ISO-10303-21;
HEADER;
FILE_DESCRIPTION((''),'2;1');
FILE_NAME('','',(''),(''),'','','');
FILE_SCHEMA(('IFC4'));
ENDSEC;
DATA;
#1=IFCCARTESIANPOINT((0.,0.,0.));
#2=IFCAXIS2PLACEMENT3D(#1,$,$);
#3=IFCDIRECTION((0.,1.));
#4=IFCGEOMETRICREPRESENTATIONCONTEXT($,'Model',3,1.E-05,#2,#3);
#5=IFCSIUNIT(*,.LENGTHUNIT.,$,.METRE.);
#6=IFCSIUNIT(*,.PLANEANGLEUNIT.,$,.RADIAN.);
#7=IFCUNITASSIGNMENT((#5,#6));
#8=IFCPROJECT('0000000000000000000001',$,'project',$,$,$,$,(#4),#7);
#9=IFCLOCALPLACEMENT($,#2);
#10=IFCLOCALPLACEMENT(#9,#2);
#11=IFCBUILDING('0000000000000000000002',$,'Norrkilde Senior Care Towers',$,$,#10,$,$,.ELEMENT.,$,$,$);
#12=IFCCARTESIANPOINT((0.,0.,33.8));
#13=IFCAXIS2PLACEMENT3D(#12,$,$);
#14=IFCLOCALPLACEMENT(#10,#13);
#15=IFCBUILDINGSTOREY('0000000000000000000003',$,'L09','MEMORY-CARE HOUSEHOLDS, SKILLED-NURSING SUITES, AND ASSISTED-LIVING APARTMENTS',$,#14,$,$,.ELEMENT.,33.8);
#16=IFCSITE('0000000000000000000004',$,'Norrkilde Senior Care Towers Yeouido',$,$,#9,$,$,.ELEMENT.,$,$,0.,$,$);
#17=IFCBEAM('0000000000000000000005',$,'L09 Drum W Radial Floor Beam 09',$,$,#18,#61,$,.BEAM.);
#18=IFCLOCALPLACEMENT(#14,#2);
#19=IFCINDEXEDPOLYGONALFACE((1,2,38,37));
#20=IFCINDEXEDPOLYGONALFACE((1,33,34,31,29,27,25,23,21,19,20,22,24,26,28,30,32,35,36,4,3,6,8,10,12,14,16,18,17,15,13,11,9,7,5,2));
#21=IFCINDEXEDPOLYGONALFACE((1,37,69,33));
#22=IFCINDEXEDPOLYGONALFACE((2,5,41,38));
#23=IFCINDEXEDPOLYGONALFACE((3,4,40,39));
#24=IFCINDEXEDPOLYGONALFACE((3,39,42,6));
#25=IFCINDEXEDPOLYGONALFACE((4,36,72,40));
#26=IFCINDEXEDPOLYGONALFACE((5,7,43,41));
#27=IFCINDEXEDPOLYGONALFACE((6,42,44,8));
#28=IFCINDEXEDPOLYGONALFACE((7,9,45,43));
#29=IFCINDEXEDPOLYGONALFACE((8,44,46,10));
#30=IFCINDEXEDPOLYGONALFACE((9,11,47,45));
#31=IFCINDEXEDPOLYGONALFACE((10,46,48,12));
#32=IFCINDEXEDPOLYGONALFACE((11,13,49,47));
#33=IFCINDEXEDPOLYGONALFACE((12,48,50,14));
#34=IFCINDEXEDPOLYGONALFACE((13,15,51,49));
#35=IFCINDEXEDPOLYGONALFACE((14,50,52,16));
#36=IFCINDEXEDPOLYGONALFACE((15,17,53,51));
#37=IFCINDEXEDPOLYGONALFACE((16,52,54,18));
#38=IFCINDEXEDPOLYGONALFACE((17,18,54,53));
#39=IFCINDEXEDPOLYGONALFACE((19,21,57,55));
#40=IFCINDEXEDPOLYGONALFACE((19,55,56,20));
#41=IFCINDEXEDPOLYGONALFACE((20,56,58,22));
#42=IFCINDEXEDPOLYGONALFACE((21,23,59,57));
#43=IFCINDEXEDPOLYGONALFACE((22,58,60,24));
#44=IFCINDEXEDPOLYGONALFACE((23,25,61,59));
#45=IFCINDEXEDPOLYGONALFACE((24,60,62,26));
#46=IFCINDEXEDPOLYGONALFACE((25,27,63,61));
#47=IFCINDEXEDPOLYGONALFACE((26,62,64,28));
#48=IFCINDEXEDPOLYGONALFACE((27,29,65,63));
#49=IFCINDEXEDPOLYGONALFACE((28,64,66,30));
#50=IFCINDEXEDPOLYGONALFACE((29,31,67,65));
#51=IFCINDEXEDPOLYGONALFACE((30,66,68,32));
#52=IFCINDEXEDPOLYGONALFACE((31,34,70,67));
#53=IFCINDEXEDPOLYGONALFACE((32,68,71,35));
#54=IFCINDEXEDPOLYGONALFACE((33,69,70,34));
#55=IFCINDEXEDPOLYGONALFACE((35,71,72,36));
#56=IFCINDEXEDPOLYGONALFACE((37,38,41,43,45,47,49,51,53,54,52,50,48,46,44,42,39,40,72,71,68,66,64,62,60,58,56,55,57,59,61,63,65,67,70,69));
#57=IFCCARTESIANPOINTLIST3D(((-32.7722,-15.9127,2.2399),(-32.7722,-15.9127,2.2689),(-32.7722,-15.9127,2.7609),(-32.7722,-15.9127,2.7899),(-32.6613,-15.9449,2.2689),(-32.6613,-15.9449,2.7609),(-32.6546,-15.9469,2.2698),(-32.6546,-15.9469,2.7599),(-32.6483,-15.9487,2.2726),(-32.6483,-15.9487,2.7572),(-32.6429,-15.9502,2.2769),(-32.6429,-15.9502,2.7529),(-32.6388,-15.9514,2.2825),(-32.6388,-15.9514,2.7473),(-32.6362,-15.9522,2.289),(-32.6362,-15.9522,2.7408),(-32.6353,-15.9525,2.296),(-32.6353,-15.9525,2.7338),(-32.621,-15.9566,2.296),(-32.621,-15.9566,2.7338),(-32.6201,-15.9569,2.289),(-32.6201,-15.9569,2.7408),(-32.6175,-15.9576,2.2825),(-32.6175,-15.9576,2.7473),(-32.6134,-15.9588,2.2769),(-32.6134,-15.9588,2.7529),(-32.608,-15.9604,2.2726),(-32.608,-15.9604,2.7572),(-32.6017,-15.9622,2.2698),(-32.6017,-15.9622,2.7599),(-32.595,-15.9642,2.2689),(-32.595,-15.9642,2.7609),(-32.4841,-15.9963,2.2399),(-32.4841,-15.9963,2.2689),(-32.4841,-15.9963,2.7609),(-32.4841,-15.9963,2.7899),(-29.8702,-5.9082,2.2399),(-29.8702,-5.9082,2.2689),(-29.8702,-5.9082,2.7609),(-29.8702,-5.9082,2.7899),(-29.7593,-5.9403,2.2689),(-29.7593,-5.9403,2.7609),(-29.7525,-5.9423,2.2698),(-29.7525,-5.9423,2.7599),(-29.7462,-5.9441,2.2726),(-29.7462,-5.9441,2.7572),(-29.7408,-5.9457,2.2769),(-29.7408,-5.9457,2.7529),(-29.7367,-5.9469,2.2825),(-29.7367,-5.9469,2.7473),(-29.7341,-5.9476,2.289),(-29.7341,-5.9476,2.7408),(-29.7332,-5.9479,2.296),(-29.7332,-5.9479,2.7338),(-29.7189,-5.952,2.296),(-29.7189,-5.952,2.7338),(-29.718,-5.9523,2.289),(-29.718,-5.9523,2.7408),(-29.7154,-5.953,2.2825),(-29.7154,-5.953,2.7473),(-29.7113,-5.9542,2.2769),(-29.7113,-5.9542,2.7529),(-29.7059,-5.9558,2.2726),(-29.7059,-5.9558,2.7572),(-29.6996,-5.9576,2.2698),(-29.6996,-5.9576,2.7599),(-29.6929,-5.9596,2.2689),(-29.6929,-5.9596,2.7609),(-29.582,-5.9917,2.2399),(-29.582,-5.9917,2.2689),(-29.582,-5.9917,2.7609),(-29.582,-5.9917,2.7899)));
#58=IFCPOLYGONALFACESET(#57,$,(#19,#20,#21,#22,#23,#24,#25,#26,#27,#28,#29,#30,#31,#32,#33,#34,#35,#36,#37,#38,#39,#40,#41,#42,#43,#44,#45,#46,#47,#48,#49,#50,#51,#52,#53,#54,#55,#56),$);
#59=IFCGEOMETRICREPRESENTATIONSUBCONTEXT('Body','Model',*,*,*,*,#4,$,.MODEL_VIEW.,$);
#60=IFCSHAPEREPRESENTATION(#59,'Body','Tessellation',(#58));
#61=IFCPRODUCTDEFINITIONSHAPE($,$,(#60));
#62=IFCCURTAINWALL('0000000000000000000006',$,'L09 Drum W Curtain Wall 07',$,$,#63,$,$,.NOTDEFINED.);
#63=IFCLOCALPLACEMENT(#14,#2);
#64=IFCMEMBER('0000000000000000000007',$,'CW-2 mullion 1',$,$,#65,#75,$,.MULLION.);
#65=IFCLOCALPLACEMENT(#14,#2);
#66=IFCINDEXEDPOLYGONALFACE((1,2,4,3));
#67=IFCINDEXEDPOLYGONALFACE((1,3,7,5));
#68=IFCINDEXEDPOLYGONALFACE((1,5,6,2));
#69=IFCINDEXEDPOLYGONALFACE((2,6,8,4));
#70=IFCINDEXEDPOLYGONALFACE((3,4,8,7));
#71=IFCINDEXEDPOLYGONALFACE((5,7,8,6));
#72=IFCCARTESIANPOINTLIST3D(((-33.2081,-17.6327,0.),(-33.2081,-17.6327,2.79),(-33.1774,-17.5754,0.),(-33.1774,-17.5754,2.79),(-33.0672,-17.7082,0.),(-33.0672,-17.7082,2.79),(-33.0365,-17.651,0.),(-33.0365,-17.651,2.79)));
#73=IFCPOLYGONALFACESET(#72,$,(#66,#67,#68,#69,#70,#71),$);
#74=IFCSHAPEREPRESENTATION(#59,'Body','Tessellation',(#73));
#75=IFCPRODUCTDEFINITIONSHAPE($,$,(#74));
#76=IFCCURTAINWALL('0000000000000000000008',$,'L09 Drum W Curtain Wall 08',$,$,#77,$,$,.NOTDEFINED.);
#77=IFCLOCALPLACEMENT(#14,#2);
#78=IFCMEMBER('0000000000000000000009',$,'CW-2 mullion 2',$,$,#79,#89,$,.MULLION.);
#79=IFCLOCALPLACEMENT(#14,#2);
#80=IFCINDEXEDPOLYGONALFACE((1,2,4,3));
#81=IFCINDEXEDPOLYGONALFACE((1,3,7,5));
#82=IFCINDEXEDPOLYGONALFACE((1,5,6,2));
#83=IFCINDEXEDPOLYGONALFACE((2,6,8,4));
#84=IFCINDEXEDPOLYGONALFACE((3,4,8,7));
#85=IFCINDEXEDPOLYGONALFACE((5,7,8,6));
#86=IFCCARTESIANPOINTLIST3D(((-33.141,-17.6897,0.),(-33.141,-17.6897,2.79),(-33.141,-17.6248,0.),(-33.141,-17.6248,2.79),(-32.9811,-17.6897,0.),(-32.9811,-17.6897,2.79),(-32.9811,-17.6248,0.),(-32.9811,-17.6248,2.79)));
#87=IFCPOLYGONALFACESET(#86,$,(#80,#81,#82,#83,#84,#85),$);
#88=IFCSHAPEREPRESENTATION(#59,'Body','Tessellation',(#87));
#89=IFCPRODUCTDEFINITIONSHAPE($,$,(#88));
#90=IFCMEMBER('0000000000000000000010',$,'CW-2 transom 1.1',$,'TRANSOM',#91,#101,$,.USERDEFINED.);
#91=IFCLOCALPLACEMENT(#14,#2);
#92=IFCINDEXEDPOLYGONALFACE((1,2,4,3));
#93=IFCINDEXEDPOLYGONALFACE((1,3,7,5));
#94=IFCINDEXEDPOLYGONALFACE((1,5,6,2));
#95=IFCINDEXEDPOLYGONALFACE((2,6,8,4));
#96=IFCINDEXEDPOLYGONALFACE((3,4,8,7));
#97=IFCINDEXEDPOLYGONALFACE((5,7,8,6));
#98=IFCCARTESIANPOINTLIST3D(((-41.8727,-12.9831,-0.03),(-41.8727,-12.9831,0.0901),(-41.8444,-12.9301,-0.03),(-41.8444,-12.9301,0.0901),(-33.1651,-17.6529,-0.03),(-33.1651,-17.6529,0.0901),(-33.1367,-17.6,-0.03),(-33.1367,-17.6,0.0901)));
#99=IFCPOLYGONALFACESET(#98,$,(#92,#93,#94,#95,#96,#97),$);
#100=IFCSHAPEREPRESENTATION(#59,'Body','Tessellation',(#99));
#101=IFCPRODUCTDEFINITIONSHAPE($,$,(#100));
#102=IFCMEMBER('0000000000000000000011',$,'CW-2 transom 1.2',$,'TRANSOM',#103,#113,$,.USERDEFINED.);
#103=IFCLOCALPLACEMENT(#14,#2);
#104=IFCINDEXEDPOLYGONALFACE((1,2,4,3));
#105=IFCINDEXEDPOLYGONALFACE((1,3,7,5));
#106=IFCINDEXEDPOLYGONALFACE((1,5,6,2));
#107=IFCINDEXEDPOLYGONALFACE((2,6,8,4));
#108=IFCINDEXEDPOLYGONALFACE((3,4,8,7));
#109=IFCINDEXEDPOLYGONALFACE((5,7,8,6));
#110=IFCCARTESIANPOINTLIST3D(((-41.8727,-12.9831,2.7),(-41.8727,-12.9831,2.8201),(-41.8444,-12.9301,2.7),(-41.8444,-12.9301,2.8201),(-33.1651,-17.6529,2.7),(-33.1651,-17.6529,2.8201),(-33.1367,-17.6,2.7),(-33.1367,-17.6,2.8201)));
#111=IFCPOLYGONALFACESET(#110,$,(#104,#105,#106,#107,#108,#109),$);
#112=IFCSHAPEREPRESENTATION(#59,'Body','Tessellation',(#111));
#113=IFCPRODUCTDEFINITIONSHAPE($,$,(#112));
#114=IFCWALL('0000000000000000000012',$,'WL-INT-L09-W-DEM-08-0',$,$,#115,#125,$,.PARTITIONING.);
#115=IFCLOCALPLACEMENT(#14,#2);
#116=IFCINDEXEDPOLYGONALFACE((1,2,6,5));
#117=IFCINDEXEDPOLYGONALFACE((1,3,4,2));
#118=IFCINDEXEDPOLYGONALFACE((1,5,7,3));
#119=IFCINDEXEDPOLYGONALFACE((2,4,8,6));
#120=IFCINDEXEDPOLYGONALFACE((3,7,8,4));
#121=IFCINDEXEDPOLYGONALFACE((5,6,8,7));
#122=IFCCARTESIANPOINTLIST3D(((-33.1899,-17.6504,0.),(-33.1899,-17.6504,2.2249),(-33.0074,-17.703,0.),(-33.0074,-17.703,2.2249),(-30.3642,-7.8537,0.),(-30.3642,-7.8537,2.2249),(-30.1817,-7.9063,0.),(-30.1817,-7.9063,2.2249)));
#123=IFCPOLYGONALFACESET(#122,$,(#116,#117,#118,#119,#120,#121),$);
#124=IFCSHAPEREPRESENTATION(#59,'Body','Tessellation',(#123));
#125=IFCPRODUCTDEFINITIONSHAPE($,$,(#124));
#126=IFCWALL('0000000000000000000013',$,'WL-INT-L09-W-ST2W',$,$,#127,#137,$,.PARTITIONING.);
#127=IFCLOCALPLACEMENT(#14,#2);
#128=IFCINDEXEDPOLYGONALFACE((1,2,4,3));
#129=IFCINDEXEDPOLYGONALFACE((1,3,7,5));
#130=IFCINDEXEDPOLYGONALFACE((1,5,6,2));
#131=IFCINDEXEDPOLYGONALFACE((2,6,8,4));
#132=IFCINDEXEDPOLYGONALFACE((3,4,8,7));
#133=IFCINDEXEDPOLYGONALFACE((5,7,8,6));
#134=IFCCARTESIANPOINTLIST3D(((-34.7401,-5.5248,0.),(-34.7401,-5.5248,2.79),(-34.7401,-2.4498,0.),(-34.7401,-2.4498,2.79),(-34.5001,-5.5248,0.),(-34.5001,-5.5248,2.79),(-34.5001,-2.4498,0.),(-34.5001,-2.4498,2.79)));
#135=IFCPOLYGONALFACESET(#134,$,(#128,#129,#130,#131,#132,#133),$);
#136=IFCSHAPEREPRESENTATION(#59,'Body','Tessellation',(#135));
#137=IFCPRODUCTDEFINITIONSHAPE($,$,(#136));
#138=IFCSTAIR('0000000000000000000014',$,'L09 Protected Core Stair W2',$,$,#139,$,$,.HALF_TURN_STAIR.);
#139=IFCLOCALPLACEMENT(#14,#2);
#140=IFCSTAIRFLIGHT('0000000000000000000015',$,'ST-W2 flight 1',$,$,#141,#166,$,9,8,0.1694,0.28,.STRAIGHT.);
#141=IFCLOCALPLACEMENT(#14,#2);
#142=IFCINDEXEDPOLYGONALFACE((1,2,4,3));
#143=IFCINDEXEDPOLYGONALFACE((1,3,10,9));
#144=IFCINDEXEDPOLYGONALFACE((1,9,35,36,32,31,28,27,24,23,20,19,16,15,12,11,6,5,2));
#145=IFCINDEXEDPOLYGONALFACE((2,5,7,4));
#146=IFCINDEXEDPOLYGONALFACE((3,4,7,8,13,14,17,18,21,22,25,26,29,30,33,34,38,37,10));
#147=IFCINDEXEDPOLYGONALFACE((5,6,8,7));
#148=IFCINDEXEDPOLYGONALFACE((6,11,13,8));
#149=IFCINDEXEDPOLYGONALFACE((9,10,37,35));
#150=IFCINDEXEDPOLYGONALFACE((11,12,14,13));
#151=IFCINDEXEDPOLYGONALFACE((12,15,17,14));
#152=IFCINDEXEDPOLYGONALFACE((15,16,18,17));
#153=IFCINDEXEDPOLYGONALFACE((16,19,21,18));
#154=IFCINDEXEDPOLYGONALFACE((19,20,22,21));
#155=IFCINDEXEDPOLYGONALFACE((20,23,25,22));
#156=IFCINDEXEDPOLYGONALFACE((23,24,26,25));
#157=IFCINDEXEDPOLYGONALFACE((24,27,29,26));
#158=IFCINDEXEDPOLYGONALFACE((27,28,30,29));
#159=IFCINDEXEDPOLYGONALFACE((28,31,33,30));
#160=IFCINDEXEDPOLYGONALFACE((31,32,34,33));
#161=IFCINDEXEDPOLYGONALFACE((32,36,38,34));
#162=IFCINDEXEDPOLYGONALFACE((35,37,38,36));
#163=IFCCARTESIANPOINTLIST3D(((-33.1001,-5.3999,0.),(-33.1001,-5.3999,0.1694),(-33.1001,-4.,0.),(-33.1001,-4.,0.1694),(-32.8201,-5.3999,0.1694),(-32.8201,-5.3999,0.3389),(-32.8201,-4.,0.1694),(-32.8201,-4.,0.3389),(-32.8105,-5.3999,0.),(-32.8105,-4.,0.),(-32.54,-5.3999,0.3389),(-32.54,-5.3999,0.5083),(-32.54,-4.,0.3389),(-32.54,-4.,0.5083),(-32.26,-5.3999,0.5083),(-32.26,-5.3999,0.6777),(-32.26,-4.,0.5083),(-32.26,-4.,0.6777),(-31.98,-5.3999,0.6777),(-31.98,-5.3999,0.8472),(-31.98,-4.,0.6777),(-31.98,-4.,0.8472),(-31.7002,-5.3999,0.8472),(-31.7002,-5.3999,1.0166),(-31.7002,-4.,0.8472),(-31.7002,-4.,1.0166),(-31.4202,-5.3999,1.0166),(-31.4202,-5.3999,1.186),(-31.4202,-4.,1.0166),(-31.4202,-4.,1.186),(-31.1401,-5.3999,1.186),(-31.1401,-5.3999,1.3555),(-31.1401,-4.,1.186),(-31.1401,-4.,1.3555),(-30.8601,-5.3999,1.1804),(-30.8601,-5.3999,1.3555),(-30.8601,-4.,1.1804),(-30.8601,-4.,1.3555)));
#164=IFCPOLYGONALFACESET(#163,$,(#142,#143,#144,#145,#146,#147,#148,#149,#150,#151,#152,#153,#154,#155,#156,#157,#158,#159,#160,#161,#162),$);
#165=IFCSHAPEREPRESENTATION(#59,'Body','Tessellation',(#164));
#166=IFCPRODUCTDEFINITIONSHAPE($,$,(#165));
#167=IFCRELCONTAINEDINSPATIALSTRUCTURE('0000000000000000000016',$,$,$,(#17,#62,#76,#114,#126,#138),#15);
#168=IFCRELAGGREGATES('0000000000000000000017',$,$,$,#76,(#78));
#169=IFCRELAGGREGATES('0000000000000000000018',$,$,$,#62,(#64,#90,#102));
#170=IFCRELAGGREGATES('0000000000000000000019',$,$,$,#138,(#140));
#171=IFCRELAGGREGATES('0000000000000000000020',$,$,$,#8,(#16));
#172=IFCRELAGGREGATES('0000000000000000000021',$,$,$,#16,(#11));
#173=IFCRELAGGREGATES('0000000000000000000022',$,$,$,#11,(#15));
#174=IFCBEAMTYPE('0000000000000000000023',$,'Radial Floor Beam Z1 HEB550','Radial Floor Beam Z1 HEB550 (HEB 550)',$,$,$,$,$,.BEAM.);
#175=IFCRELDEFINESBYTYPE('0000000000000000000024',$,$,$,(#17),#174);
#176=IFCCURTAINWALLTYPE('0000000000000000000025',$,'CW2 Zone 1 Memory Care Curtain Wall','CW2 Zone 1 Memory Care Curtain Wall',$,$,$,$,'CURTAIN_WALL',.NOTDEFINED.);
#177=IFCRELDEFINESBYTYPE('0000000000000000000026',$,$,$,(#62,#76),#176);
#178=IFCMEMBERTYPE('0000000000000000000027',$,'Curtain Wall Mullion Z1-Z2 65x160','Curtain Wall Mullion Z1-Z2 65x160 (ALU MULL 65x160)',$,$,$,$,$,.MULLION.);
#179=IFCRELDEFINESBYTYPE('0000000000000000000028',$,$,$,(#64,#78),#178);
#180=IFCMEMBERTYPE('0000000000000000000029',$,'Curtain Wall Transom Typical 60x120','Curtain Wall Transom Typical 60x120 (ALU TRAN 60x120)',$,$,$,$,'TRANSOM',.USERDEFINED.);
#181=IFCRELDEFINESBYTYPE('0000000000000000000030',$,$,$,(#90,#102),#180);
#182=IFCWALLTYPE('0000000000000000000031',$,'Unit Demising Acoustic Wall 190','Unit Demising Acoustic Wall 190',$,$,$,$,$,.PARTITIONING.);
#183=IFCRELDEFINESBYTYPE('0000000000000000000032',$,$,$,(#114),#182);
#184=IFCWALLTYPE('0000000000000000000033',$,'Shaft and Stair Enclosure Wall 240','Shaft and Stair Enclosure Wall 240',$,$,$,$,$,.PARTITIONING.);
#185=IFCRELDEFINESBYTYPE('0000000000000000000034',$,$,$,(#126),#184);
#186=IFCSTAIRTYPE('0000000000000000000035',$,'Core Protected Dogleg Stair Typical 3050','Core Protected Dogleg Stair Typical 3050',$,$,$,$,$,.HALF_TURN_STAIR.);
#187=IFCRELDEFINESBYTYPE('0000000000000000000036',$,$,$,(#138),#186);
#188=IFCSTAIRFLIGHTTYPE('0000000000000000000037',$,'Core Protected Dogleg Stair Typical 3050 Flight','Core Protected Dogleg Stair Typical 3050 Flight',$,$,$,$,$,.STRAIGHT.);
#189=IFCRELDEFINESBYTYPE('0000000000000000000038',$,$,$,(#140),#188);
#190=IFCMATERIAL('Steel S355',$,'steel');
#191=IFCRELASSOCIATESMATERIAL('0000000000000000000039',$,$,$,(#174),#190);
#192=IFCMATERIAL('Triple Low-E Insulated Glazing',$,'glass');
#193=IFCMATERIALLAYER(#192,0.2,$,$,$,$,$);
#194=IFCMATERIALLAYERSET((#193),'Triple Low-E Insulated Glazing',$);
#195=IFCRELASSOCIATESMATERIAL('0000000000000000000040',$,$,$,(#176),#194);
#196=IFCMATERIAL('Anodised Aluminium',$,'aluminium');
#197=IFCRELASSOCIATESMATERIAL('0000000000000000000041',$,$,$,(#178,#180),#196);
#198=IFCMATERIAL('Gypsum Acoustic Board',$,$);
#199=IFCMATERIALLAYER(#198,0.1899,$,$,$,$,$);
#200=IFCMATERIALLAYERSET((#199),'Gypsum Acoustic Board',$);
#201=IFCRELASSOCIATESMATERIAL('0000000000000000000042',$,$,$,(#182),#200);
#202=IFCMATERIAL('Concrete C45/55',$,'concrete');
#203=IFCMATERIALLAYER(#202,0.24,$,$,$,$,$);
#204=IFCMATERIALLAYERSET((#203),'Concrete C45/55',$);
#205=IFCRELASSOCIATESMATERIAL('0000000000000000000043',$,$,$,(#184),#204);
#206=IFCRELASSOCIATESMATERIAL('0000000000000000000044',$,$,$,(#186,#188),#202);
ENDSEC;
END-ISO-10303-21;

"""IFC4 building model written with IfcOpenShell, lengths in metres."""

from ifc_helpers import new_model, si_unit, direction, frame, frame_2d, origin, origin_2d, place, context, subcontext, project, spatial, polyline, rectangle, i_section, outline, extrude, source, transform, mapped, material, layer, layer_set, material_profile, profile_set, type_object, type_shapes, element, aggregate, save


model = new_model("IFC4")

# Units and contexts
model_context = context("Model", 3, precision=1e-05, world=origin(), true_north=direction((0.0, 1.0)))
body_context = subcontext(model_context, "Body", "Model", "MODEL_VIEW")
ifc_project = project(units=[si_unit("LENGTHUNIT", "METRE"), si_unit("PLANEANGLEUNIT", "RADIAN")], contexts=[model_context])

# Site, building, storey
site_placement = place(None, origin())
site = spatial("IfcSite", under=ifc_project, at=site_placement, Name="Norrkilde Senior Care Towers Yeouido", CompositionType="ELEMENT", RefElevation=0.0)
building_placement = place(site_placement, origin())
building = spatial("IfcBuilding", under=site, at=building_placement, Name="Norrkilde Senior Care Towers", CompositionType="ELEMENT")
storey_placement = place(building_placement, frame((0.0, 0.0, 33.8)))
storey = spatial("IfcBuildingStorey", under=building, at=storey_placement, Name="L09", Description="MEMORY-CARE HOUSEHOLDS, SKILLED-NURSING SUITES, AND ASSISTED-LIVING APARTMENTS", CompositionType="ELEMENT", Elevation=33.8)

# Beam
ifc_material_1 = material(Name="Steel S355", Category="steel")
ifc_material_profile_1 = material_profile(ifc_material_1, i_section(OverallWidth=0.3, OverallDepth=0.55, WebThickness=0.0149, FlangeThickness=0.0291, FilletRadius=0.0271, at=origin_2d()), Name="HEB 550")
ifc_profile_set_1 = profile_set([ifc_material_profile_1], Name="Steel S355")
beam_type_1 = type_object("IfcBeamType", Name="Radial Floor Beam Z1 HEB550", Description="Radial Floor Beam Z1 HEB550 (HEB 550)", PredefinedType="BEAM", material=ifc_profile_set_1)
shared_shape_1 = source(origin(), body_context, "Body", "SweptSolid", [
    extrude(i_section(OverallWidth=0.3, OverallDepth=0.55, WebThickness=0.0149, FlangeThickness=0.0291, FilletRadius=0.0271, at=origin_2d()), origin(), (0.0, 0.0, 1.0), 10.417),
])
beam_1_placement = place(storey_placement, frame((-29.7261, -5.95, 2.5149), z_axis=(-0.278591, -0.96041, 0.0), x_axis=(0.96041, -0.278591, 0.0)))
element("IfcBeam", 1, at=beam_1_placement, inside=storey, type_object=beam_type_1, Name="L09 Drum W Radial Floor Beam 09", PredefinedType="BEAM", context=body_context, shape_type="MappedRepresentation", body=[
    mapped(shared_shape_1, transform((0.0, 0.0, 0.0), x_axis=(1.0, 0.0, 0.0), y_axis=(0.0, 1.0, 0.0), z_axis=(0.0, 0.0, 1.0), scale=1.0)),
])

# Curtain walls, members
ifc_material_2 = material(Name="Triple Low-E Insulated Glazing", Category="glass")
ifc_layer_1 = layer(ifc_material_2, 0.2)
ifc_layer_set_1 = layer_set([ifc_layer_1], Name="Triple Low-E Insulated Glazing")
curtain_wall_type = type_object("IfcCurtainWallType", Name="CW2 Zone 1 Memory Care Curtain Wall", Description="CW2 Zone 1 Memory Care Curtain Wall", ElementType="CURTAIN_WALL", PredefinedType="NOTDEFINED", material=ifc_layer_set_1)
curtain_wall_1_placement = place(storey_placement, origin())
curtain_wall_1 = element("IfcCurtainWall", 2, at=curtain_wall_1_placement, inside=storey, type_object=curtain_wall_type, Name="L09 Drum W Curtain Wall 07", PredefinedType="NOTDEFINED")
ifc_material_3 = material(Name="Anodised Aluminium", Category="aluminium")
ifc_material_profile_2 = material_profile(ifc_material_3, rectangle(XDim=0.0649, YDim=0.1599, at=origin_2d()), Name="ALU MULL 65x160")
ifc_profile_set_2 = profile_set([ifc_material_profile_2], Name="Anodised Aluminium")
member_type_1 = type_object("IfcMemberType", Name="Curtain Wall Mullion Z1-Z2 65x160", Description="Curtain Wall Mullion Z1-Z2 65x160 (ALU MULL 65x160)", PredefinedType="MULLION", material=ifc_profile_set_2)
shared_shape_2 = source(origin(), body_context, "Body", "SweptSolid", [
    extrude(rectangle(XDim=0.0649, YDim=0.1599, at=origin_2d()), origin(), (0.0, 0.0, 1.0), 2.79),
])
type_shapes(member_type_1, [shared_shape_2])
member_1_placement = place(storey_placement, frame((-33.1223, -17.6418, 0.0), z_axis=(0.0, 0.0, 1.0), x_axis=(-0.472608, -0.881273, 0.0)))
member_1 = element("IfcMember", 3, at=member_1_placement, type_object=member_type_1, Name="CW-2 mullion 1", PredefinedType="MULLION", context=body_context, shape_type="MappedRepresentation", body=[
    mapped(shared_shape_2, transform((0.0, 0.0, 0.0), x_axis=(1.0, 0.0, 0.0), y_axis=(0.0, 1.0, 0.0), z_axis=(0.0, 0.0, 1.0), scale=1.0)),
])
curtain_wall_2_placement = place(storey_placement, origin())
curtain_wall_2 = element("IfcCurtainWall", 4, at=curtain_wall_2_placement, inside=storey, type_object=curtain_wall_type, Name="L09 Drum W Curtain Wall 08", PredefinedType="NOTDEFINED")
member_2_placement = place(storey_placement, frame((-33.061, -17.6572, 0.0), z_axis=(0.0, 0.0, 1.0), x_axis=(0.0, -1.0, 0.0)))
member_2 = element("IfcMember", 5, at=member_2_placement, type_object=member_type_1, Name="CW-2 mullion 2", PredefinedType="MULLION", context=body_context, shape_type="MappedRepresentation", body=[
    mapped(shared_shape_2, transform((0.0, 0.0, 0.0), x_axis=(1.0, 0.0, 0.0), y_axis=(0.0, 1.0, 0.0), z_axis=(0.0, 0.0, 1.0), scale=1.0)),
])
aggregate(curtain_wall_2, [member_2])

# Members
ifc_material_profile_3 = material_profile(ifc_material_3, rectangle(XDim=0.0601, YDim=0.1201, at=origin_2d()), Name="ALU TRAN 60x120")
ifc_profile_set_3 = profile_set([ifc_material_profile_3], Name="Anodised Aluminium")
member_type_2 = type_object("IfcMemberType", Name="Curtain Wall Transom Typical 60x120", Description="Curtain Wall Transom Typical 60x120 (ALU TRAN 60x120)", ElementType="TRANSOM", PredefinedType="USERDEFINED", material=ifc_profile_set_3)
shared_shape_3 = source(origin(), body_context, "Body", "SweptSolid", [
    extrude(rectangle(XDim=0.0601, YDim=0.1201, at=origin_2d()), origin(), (0.0, 0.0, 1.0), 9.8809),
])
type_shapes(member_type_2, [shared_shape_3])
member_3_placement = place(storey_placement, frame((-33.1509, -17.6265, 0.03), z_axis=(-0.881267, 0.472618, 0.0), x_axis=(-0.472618, -0.881267, 0.0)))
member_3 = element("IfcMember", 6, at=member_3_placement, type_object=member_type_2, Name="CW-2 transom 1.1", ObjectType="TRANSOM", PredefinedType="USERDEFINED", context=body_context, shape_type="MappedRepresentation", body=[
    mapped(shared_shape_3, transform((0.0, 0.0, 0.0), x_axis=(1.0, 0.0, 0.0), y_axis=(0.0, 1.0, 0.0), z_axis=(0.0, 0.0, 1.0), scale=1.0)),
])
member_4_placement = place(storey_placement, frame((-33.1509, -17.6265, 2.76), z_axis=(-0.881267, 0.472618, 0.0), x_axis=(-0.472618, -0.881267, 0.0)))
member_4 = element("IfcMember", 7, at=member_4_placement, type_object=member_type_2, Name="CW-2 transom 1.2", ObjectType="TRANSOM", PredefinedType="USERDEFINED", context=body_context, shape_type="MappedRepresentation", body=[
    mapped(shared_shape_3, transform((0.0, 0.0, 0.0), x_axis=(1.0, 0.0, 0.0), y_axis=(0.0, 1.0, 0.0), z_axis=(0.0, 0.0, 1.0), scale=1.0)),
])
aggregate(curtain_wall_1, [member_1, member_3, member_4])

# Wall
ifc_material_4 = material(Name="Gypsum Acoustic Board")
ifc_layer_2 = layer(ifc_material_4, 0.1899)
ifc_layer_set_2 = layer_set([ifc_layer_2], Name="Gypsum Acoustic Board")
wall_type_1 = type_object("IfcWallType", Name="Unit Demising Acoustic Wall 190", Description="Unit Demising Acoustic Wall 190", PredefinedType="PARTITIONING", material=ifc_layer_set_2)
shared_shape_4 = source(origin(), body_context, "Body", "SweptSolid", [
    extrude(rectangle(XDim=10.196, YDim=0.1899, at=frame_2d((5.0981, 0.0))), origin(), (0.0, 0.0, 1.0), 2.2249),
])
type_shapes(wall_type_1, [shared_shape_4])
wall_1_placement = place(storey_placement, frame((-30.2729, -7.8799, 0.0), z_axis=(0.0, 0.0, 1.0), x_axis=(-0.277136, -0.960831, 0.0)))
element("IfcWall", 8, at=wall_1_placement, inside=storey, type_object=wall_type_1, Name="WL-INT-L09-W-DEM-08-0", PredefinedType="PARTITIONING", context=body_context, shape_type="MappedRepresentation", body=[
    mapped(shared_shape_4, transform((0.0, 0.0, 0.0), x_axis=(1.0, 0.0, 0.0), y_axis=(0.0, 1.0, 0.0), z_axis=(0.0, 0.0, 1.0), scale=1.0)),
])

# Shared definitions
ifc_material_5 = material(Name="Concrete C45/55", Category="concrete")
ifc_layer_3 = layer(ifc_material_5, 0.24)
ifc_layer_set_3 = layer_set([ifc_layer_3], Name="Concrete C45/55")
wall_type_2 = type_object("IfcWallType", Name="Shaft and Stair Enclosure Wall 240", Description="Shaft and Stair Enclosure Wall 240", PredefinedType="PARTITIONING", material=ifc_layer_set_3)

# Wall
shared_shape_5 = source(origin(), body_context, "Body", "SweptSolid", [
    extrude(rectangle(XDim=3.075, YDim=0.24, at=frame_2d((1.5376, 0.0))), origin(), (0.0, 0.0, 1.0), 2.79),
])
wall_2_placement = place(storey_placement, frame((-34.6201, -5.5249, 0.0), z_axis=(0.0, 0.0, 1.0), x_axis=(0.0, 1.0, 0.0)))
element("IfcWall", 9, at=wall_2_placement, inside=storey, type_object=wall_type_2, Name="WL-INT-L09-W-ST2W", PredefinedType="PARTITIONING", context=body_context, shape_type="MappedRepresentation", body=[
    mapped(shared_shape_5, transform((0.0, 0.0, 0.0), x_axis=(1.0, 0.0, 0.0), y_axis=(0.0, 1.0, 0.0), z_axis=(0.0, 0.0, 1.0), scale=1.0)),
])

# Stair, stair flight
stair_type = type_object("IfcStairType", Name="Core Protected Dogleg Stair Typical 3050", Description="Core Protected Dogleg Stair Typical 3050", PredefinedType="HALF_TURN_STAIR", material=ifc_material_5)
stair_placement = place(storey_placement, origin())
stair = element("IfcStair", 10, at=stair_placement, inside=storey, type_object=stair_type, Name="L09 Protected Core Stair W2", PredefinedType="HALF_TURN_STAIR")
stair_flight_type = type_object("IfcStairFlightType", Name="Core Protected Dogleg Stair Typical 3050 Flight", Description="Core Protected Dogleg Stair Typical 3050 Flight", PredefinedType="STRAIGHT", material=ifc_material_5)
stair_flight_1_placement = place(storey_placement, frame((-33.1001, -4.7, 0.0), z_axis=(0.0, 0.0, 1.0), x_axis=(1.0, 0.0, 0.0)))
stair_flight_1 = element("IfcStairFlight", 11, at=stair_flight_1_placement, type_object=stair_flight_type, Name="ST-W2 flight 1", NumberOfRisers=9, NumberOfTreads=8, PredefinedType="STRAIGHT", RiserHeight=0.1694, TreadLength=0.28, context=body_context, shape_type="SweptSolid", body=[
    extrude(outline(polyline([(0.0, 0.0), (0.0, 0.1694), (0.28, 0.1694), (0.28, 0.3389), (0.5601, 0.3389), (0.5601, 0.5083), (0.8401, 0.5083), (0.8401, 0.6777), (1.1201, 0.6777), (1.1201, 0.8472), (1.3999, 0.8472), (1.3999, 1.0166), (1.6799, 1.0166), (1.6799, 1.186), (1.96, 1.186), (1.96, 1.3555), (2.24, 1.3555), (2.24, 1.5249), (2.24, 1.1804), (0.2896, 0.0), (0.0, 0.0)])), frame((0.0, 0.7, 0.0), z_axis=(0.0, -1.0, 0.0), x_axis=(1.0, 0.0, 0.0)), (0.0, 0.0, 1.0), 1.3999),
])
aggregate(stair, [stair_flight_1])

save(model, "model.ifc")
